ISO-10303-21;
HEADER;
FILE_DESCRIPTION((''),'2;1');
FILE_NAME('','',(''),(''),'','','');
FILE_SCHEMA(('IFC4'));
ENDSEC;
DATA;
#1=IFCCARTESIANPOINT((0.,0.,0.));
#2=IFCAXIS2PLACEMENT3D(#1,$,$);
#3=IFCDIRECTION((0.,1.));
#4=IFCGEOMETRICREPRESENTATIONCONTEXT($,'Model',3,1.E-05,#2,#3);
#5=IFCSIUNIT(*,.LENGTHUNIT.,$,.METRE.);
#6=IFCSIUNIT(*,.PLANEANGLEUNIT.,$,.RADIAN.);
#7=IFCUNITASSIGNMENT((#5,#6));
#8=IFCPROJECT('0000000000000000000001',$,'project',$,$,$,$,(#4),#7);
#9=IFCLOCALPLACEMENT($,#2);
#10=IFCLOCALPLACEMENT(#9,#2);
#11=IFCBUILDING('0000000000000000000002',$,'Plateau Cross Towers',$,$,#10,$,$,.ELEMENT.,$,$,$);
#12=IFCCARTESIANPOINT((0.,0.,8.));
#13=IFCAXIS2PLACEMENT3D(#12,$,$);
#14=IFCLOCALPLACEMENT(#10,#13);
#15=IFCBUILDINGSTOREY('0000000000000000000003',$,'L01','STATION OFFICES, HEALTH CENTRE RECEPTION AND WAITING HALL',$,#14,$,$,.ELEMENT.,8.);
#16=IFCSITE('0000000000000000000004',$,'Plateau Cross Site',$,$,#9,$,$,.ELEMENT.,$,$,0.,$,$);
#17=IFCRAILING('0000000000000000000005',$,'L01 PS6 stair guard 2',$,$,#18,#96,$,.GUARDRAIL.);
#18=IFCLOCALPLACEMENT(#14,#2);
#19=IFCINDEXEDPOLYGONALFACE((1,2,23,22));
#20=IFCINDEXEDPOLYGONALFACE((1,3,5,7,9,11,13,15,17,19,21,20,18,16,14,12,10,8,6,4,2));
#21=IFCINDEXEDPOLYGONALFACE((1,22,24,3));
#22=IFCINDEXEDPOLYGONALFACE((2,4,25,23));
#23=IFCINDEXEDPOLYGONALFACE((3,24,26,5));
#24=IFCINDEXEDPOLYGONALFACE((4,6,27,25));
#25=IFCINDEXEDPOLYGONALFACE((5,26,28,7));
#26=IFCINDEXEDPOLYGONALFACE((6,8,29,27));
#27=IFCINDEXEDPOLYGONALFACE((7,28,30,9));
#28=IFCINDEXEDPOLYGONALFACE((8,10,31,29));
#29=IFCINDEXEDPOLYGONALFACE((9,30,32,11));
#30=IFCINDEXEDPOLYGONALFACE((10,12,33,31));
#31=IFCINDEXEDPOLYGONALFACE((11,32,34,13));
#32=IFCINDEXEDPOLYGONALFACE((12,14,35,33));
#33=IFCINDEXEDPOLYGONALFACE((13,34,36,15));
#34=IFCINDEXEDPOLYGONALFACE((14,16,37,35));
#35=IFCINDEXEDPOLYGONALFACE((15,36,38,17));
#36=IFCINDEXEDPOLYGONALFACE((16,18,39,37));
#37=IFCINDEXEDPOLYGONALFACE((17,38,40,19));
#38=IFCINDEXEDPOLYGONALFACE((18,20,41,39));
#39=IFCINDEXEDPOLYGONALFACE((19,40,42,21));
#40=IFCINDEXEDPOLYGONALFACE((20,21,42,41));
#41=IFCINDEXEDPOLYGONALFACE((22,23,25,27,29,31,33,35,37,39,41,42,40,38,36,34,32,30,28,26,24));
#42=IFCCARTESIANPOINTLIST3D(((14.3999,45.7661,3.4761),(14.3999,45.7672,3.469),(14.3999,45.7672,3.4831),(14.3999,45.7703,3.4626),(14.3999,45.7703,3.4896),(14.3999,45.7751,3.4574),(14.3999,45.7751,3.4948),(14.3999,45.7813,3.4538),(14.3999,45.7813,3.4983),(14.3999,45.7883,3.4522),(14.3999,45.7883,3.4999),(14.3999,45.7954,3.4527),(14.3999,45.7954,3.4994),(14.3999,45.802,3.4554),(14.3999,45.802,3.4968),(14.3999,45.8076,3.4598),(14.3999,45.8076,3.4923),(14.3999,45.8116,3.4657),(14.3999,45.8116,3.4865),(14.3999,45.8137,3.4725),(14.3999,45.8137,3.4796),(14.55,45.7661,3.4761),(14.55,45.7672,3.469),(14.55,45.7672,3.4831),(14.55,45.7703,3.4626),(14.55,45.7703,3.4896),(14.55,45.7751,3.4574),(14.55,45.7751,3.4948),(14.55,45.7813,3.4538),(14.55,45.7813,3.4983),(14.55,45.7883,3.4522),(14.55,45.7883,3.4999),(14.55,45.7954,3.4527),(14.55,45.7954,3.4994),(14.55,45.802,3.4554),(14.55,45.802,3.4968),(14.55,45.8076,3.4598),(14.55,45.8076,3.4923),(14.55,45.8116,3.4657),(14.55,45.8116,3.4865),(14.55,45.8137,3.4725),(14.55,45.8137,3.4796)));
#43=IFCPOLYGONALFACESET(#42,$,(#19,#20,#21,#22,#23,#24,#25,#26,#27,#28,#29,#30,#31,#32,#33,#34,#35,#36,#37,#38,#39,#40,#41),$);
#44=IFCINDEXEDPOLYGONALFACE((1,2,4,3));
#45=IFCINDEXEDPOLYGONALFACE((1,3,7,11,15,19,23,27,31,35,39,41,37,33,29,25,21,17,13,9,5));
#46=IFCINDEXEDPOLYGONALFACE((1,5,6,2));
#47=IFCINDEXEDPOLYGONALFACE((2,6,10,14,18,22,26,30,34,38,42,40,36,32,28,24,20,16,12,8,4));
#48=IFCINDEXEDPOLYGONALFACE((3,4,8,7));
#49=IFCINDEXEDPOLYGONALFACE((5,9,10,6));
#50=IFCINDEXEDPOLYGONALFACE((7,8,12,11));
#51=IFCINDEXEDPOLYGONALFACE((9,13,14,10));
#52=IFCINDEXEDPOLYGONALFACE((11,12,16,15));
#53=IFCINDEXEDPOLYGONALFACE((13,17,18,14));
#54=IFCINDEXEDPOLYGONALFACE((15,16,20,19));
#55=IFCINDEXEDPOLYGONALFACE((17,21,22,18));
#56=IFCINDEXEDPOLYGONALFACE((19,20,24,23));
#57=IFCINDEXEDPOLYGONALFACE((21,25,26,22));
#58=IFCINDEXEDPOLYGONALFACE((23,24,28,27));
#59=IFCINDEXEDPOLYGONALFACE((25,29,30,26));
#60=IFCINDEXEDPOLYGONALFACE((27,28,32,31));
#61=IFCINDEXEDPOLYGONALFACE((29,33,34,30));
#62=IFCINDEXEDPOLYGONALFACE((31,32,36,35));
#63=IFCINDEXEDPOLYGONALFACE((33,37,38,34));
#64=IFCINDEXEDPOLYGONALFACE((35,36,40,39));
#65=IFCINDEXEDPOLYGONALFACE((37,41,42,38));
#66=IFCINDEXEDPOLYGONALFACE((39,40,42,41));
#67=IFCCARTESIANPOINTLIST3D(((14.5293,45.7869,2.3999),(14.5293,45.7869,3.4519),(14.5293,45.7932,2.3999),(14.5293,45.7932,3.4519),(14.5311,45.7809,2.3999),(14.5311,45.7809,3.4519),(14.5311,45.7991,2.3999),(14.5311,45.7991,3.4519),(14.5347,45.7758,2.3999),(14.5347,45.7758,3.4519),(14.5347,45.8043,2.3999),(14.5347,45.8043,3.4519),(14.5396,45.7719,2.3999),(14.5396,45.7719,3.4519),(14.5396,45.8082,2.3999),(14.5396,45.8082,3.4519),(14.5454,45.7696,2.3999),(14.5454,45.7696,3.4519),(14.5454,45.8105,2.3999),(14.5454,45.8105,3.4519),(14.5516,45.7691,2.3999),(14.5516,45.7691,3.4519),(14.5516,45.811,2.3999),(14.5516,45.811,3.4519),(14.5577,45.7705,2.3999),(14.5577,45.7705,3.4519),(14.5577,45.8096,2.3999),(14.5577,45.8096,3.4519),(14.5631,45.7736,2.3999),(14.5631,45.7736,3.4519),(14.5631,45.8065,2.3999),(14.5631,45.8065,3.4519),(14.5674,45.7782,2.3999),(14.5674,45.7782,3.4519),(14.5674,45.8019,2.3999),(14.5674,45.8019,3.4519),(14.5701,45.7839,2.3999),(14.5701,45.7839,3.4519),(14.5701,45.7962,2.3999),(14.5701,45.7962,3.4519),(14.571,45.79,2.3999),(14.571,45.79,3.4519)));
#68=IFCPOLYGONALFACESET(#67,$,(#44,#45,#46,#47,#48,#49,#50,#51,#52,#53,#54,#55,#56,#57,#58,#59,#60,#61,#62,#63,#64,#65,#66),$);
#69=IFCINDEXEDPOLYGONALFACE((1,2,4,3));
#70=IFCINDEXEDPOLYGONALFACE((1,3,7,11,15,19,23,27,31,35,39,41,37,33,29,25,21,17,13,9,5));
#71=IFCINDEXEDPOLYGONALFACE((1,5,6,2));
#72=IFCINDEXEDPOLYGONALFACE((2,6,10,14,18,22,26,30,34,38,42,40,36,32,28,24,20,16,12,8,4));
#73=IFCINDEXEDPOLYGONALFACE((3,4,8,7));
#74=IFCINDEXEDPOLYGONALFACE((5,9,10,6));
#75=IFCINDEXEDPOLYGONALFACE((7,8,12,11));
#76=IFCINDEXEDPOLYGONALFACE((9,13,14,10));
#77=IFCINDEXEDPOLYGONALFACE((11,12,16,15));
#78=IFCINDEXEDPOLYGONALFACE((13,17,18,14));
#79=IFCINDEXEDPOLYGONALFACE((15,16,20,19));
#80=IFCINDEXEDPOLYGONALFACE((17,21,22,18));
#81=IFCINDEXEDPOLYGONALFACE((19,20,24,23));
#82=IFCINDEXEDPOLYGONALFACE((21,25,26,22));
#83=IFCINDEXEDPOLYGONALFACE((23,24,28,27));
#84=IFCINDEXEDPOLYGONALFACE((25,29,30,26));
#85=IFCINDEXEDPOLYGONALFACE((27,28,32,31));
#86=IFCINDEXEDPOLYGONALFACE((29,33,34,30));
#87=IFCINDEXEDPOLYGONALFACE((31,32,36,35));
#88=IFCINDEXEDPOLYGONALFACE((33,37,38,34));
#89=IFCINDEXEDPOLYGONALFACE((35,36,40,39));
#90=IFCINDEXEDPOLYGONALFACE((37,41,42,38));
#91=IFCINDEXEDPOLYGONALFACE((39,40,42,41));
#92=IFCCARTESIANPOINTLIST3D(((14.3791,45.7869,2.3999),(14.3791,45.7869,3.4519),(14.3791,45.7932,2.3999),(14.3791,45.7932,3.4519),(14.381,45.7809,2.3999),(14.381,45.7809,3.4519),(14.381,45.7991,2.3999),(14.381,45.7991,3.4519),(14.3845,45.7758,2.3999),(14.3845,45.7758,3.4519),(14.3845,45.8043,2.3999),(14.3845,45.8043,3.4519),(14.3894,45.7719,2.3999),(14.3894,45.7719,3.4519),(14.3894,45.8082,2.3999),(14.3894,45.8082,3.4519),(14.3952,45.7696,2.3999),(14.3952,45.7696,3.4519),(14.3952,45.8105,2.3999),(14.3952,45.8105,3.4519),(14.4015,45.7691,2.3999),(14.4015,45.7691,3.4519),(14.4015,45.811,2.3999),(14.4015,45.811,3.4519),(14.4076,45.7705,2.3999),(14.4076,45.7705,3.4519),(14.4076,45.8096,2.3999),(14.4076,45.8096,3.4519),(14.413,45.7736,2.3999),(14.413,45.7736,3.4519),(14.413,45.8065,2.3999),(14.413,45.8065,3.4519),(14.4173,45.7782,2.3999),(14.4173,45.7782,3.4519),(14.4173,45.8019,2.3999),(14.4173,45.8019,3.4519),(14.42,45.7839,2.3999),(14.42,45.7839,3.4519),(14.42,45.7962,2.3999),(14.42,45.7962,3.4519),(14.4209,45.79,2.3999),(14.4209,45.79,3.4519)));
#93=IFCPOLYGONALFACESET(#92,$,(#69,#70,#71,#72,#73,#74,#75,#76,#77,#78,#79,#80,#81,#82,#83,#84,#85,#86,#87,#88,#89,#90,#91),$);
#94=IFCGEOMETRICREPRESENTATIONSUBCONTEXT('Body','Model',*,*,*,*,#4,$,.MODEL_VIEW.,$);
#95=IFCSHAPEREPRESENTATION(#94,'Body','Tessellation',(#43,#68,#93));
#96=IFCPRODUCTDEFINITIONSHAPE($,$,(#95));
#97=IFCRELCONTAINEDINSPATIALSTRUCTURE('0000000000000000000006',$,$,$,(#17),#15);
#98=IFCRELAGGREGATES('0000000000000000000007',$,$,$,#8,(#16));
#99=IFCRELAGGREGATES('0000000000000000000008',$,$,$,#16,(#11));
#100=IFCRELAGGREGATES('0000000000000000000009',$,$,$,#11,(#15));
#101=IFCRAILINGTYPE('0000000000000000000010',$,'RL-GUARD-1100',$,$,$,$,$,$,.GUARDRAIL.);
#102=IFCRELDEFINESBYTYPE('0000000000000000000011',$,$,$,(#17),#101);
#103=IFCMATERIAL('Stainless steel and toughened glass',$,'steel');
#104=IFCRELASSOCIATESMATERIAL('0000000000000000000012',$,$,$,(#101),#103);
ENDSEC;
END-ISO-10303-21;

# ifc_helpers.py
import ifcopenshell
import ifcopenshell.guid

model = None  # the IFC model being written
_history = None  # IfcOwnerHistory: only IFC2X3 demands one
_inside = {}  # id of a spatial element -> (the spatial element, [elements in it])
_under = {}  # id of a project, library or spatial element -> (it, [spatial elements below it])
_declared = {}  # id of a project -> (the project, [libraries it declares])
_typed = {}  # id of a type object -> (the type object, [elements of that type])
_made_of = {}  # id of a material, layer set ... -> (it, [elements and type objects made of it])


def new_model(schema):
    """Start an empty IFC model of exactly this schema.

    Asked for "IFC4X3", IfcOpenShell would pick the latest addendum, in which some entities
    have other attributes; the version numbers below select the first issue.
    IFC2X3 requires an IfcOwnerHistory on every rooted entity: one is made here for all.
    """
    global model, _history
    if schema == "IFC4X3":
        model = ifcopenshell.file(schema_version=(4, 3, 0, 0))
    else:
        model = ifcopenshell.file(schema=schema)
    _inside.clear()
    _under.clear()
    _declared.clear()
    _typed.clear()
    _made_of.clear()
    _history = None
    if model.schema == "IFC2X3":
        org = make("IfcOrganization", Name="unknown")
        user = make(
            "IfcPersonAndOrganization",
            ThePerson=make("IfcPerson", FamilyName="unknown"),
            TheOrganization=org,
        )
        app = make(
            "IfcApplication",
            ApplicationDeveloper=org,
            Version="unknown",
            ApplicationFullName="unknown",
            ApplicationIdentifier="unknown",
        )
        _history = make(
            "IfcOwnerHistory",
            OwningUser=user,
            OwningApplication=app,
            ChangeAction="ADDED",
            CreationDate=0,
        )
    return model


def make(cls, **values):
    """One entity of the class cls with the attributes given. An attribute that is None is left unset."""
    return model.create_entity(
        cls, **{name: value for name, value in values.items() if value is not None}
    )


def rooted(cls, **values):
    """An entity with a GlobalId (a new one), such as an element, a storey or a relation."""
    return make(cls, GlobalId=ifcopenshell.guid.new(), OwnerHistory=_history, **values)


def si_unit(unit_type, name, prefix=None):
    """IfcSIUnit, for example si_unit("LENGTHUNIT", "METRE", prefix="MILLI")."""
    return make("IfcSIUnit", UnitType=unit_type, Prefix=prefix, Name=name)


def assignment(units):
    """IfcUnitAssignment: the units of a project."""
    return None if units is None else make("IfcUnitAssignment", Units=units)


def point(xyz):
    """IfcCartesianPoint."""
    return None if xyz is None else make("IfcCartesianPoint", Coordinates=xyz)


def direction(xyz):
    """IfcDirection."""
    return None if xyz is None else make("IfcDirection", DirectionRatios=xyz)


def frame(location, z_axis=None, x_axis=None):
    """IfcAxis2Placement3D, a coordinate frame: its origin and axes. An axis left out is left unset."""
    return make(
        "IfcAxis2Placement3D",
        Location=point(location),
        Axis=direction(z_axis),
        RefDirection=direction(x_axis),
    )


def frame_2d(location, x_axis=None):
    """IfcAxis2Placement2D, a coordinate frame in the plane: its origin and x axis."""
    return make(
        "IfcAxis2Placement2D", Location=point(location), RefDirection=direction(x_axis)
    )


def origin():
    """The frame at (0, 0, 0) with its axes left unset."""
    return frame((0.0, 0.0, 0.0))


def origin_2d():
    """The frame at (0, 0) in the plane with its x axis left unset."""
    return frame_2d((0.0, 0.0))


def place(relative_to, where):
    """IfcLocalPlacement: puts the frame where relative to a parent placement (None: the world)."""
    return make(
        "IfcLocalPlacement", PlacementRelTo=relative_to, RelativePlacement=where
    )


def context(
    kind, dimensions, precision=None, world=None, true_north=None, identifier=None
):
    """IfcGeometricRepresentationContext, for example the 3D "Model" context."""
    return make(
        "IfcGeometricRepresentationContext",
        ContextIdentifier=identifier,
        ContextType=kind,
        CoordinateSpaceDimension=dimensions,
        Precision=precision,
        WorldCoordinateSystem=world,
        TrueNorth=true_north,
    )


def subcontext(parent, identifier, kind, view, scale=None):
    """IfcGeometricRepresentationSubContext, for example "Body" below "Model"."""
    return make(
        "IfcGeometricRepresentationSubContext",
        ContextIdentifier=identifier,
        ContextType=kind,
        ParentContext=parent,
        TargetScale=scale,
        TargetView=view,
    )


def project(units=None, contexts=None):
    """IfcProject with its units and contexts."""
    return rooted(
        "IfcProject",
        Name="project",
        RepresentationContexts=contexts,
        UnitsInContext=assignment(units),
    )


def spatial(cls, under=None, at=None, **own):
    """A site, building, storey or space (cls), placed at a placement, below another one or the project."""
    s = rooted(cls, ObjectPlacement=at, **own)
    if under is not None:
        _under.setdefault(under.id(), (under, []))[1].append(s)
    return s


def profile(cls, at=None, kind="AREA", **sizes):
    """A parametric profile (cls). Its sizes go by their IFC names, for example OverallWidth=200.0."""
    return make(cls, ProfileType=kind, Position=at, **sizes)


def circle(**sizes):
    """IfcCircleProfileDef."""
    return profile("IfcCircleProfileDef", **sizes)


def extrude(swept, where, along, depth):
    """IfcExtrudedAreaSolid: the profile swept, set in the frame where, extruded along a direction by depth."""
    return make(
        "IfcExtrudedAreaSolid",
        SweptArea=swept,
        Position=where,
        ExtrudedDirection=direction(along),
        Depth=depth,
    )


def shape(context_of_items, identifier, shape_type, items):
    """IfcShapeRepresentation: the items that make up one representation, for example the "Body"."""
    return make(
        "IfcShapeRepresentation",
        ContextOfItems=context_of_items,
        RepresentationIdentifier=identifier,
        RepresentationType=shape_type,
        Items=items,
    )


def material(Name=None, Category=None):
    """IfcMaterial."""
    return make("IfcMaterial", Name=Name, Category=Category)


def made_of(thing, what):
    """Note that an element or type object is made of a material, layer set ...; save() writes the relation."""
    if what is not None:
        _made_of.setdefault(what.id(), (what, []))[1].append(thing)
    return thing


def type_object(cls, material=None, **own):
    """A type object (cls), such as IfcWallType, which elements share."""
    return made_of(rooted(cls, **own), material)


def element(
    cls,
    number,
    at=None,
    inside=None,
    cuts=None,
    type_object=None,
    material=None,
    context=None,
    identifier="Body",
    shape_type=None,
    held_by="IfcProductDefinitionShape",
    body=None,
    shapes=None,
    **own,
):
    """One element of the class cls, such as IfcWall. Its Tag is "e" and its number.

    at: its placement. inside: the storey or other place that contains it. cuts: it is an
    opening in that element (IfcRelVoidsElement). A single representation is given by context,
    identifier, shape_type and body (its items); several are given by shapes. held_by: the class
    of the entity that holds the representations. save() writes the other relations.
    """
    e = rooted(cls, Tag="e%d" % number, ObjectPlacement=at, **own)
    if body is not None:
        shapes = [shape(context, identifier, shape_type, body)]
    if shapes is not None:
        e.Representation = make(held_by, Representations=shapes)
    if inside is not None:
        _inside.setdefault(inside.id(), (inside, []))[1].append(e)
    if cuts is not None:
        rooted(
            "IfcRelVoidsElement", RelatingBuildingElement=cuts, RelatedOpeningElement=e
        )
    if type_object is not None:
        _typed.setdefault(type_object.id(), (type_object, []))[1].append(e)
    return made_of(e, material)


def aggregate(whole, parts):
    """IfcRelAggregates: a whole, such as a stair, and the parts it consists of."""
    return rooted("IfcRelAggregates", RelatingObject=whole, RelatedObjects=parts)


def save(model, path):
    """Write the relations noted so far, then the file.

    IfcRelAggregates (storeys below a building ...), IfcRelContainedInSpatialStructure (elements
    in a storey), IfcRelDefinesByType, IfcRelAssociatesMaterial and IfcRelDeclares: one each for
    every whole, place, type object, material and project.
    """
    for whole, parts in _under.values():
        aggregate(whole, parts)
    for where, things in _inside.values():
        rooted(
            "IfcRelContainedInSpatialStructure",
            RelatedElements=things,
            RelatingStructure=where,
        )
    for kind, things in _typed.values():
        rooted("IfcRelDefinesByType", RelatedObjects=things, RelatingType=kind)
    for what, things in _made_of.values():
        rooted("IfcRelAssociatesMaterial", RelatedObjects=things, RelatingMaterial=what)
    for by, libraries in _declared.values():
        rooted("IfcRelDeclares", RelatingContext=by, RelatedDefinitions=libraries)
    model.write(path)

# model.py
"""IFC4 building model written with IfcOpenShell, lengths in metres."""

from ifc_helpers import new_model, si_unit, direction, frame, origin, origin_2d, place, context, subcontext, project, spatial, circle, extrude, material, type_object, element, save


model = new_model("IFC4")

# Units and contexts
model_context = context("Model", 3, precision=1e-05, world=origin(), true_north=direction((0.0, 1.0)))
body_context = subcontext(model_context, "Body", "Model", "MODEL_VIEW")
ifc_project = project(units=[si_unit("LENGTHUNIT", "METRE"), si_unit("PLANEANGLEUNIT", "RADIAN")], contexts=[model_context])

# Site, building, storey
site_placement = place(None, origin())
site = spatial("IfcSite", under=ifc_project, at=site_placement, Name="Plateau Cross Site", CompositionType="ELEMENT", RefElevation=0.0)
building_placement = place(site_placement, origin())
building = spatial("IfcBuilding", under=site, at=building_placement, Name="Plateau Cross Towers", CompositionType="ELEMENT")
storey_placement = place(building_placement, frame((0.0, 0.0, 8.0)))
storey = spatial("IfcBuildingStorey", under=building, at=storey_placement, Name="L01", Description="STATION OFFICES, HEALTH CENTRE RECEPTION AND WAITING HALL", CompositionType="ELEMENT", Elevation=8.0)

# Railing
ifc_material_1 = material(Name="Stainless steel and toughened glass", Category="steel")
railing_type_1 = type_object("IfcRailingType", Name="RL-GUARD-1100", PredefinedType="GUARDRAIL", material=ifc_material_1)
railing_1_placement = place(storey_placement, frame((14.55, 45.79, 2.3999)))
element("IfcRailing", 1, at=railing_1_placement, inside=storey, type_object=railing_type_1, Name="L01 PS6 stair guard 2", PredefinedType="GUARDRAIL", context=body_context, shape_type="SweptSolid", body=[
    extrude(circle(Radius=0.0239, at=origin_2d()), frame((0.0, 0.0, 1.0762), z_axis=(-1.0, 0.0, 0.0), x_axis=(0.0, -1.0, 0.0)), (0.0, 0.0, 1.0), 0.1501),
    extrude(circle(Radius=0.021, at=origin_2d()), origin(), (0.0, 0.0, 1.0), 1.052),
    extrude(circle(Radius=0.021, at=origin_2d()), frame((-0.1501, 0.0, 0.0)), (0.0, 0.0, 1.0), 1.052),
])

save(model, "model.ifc")
